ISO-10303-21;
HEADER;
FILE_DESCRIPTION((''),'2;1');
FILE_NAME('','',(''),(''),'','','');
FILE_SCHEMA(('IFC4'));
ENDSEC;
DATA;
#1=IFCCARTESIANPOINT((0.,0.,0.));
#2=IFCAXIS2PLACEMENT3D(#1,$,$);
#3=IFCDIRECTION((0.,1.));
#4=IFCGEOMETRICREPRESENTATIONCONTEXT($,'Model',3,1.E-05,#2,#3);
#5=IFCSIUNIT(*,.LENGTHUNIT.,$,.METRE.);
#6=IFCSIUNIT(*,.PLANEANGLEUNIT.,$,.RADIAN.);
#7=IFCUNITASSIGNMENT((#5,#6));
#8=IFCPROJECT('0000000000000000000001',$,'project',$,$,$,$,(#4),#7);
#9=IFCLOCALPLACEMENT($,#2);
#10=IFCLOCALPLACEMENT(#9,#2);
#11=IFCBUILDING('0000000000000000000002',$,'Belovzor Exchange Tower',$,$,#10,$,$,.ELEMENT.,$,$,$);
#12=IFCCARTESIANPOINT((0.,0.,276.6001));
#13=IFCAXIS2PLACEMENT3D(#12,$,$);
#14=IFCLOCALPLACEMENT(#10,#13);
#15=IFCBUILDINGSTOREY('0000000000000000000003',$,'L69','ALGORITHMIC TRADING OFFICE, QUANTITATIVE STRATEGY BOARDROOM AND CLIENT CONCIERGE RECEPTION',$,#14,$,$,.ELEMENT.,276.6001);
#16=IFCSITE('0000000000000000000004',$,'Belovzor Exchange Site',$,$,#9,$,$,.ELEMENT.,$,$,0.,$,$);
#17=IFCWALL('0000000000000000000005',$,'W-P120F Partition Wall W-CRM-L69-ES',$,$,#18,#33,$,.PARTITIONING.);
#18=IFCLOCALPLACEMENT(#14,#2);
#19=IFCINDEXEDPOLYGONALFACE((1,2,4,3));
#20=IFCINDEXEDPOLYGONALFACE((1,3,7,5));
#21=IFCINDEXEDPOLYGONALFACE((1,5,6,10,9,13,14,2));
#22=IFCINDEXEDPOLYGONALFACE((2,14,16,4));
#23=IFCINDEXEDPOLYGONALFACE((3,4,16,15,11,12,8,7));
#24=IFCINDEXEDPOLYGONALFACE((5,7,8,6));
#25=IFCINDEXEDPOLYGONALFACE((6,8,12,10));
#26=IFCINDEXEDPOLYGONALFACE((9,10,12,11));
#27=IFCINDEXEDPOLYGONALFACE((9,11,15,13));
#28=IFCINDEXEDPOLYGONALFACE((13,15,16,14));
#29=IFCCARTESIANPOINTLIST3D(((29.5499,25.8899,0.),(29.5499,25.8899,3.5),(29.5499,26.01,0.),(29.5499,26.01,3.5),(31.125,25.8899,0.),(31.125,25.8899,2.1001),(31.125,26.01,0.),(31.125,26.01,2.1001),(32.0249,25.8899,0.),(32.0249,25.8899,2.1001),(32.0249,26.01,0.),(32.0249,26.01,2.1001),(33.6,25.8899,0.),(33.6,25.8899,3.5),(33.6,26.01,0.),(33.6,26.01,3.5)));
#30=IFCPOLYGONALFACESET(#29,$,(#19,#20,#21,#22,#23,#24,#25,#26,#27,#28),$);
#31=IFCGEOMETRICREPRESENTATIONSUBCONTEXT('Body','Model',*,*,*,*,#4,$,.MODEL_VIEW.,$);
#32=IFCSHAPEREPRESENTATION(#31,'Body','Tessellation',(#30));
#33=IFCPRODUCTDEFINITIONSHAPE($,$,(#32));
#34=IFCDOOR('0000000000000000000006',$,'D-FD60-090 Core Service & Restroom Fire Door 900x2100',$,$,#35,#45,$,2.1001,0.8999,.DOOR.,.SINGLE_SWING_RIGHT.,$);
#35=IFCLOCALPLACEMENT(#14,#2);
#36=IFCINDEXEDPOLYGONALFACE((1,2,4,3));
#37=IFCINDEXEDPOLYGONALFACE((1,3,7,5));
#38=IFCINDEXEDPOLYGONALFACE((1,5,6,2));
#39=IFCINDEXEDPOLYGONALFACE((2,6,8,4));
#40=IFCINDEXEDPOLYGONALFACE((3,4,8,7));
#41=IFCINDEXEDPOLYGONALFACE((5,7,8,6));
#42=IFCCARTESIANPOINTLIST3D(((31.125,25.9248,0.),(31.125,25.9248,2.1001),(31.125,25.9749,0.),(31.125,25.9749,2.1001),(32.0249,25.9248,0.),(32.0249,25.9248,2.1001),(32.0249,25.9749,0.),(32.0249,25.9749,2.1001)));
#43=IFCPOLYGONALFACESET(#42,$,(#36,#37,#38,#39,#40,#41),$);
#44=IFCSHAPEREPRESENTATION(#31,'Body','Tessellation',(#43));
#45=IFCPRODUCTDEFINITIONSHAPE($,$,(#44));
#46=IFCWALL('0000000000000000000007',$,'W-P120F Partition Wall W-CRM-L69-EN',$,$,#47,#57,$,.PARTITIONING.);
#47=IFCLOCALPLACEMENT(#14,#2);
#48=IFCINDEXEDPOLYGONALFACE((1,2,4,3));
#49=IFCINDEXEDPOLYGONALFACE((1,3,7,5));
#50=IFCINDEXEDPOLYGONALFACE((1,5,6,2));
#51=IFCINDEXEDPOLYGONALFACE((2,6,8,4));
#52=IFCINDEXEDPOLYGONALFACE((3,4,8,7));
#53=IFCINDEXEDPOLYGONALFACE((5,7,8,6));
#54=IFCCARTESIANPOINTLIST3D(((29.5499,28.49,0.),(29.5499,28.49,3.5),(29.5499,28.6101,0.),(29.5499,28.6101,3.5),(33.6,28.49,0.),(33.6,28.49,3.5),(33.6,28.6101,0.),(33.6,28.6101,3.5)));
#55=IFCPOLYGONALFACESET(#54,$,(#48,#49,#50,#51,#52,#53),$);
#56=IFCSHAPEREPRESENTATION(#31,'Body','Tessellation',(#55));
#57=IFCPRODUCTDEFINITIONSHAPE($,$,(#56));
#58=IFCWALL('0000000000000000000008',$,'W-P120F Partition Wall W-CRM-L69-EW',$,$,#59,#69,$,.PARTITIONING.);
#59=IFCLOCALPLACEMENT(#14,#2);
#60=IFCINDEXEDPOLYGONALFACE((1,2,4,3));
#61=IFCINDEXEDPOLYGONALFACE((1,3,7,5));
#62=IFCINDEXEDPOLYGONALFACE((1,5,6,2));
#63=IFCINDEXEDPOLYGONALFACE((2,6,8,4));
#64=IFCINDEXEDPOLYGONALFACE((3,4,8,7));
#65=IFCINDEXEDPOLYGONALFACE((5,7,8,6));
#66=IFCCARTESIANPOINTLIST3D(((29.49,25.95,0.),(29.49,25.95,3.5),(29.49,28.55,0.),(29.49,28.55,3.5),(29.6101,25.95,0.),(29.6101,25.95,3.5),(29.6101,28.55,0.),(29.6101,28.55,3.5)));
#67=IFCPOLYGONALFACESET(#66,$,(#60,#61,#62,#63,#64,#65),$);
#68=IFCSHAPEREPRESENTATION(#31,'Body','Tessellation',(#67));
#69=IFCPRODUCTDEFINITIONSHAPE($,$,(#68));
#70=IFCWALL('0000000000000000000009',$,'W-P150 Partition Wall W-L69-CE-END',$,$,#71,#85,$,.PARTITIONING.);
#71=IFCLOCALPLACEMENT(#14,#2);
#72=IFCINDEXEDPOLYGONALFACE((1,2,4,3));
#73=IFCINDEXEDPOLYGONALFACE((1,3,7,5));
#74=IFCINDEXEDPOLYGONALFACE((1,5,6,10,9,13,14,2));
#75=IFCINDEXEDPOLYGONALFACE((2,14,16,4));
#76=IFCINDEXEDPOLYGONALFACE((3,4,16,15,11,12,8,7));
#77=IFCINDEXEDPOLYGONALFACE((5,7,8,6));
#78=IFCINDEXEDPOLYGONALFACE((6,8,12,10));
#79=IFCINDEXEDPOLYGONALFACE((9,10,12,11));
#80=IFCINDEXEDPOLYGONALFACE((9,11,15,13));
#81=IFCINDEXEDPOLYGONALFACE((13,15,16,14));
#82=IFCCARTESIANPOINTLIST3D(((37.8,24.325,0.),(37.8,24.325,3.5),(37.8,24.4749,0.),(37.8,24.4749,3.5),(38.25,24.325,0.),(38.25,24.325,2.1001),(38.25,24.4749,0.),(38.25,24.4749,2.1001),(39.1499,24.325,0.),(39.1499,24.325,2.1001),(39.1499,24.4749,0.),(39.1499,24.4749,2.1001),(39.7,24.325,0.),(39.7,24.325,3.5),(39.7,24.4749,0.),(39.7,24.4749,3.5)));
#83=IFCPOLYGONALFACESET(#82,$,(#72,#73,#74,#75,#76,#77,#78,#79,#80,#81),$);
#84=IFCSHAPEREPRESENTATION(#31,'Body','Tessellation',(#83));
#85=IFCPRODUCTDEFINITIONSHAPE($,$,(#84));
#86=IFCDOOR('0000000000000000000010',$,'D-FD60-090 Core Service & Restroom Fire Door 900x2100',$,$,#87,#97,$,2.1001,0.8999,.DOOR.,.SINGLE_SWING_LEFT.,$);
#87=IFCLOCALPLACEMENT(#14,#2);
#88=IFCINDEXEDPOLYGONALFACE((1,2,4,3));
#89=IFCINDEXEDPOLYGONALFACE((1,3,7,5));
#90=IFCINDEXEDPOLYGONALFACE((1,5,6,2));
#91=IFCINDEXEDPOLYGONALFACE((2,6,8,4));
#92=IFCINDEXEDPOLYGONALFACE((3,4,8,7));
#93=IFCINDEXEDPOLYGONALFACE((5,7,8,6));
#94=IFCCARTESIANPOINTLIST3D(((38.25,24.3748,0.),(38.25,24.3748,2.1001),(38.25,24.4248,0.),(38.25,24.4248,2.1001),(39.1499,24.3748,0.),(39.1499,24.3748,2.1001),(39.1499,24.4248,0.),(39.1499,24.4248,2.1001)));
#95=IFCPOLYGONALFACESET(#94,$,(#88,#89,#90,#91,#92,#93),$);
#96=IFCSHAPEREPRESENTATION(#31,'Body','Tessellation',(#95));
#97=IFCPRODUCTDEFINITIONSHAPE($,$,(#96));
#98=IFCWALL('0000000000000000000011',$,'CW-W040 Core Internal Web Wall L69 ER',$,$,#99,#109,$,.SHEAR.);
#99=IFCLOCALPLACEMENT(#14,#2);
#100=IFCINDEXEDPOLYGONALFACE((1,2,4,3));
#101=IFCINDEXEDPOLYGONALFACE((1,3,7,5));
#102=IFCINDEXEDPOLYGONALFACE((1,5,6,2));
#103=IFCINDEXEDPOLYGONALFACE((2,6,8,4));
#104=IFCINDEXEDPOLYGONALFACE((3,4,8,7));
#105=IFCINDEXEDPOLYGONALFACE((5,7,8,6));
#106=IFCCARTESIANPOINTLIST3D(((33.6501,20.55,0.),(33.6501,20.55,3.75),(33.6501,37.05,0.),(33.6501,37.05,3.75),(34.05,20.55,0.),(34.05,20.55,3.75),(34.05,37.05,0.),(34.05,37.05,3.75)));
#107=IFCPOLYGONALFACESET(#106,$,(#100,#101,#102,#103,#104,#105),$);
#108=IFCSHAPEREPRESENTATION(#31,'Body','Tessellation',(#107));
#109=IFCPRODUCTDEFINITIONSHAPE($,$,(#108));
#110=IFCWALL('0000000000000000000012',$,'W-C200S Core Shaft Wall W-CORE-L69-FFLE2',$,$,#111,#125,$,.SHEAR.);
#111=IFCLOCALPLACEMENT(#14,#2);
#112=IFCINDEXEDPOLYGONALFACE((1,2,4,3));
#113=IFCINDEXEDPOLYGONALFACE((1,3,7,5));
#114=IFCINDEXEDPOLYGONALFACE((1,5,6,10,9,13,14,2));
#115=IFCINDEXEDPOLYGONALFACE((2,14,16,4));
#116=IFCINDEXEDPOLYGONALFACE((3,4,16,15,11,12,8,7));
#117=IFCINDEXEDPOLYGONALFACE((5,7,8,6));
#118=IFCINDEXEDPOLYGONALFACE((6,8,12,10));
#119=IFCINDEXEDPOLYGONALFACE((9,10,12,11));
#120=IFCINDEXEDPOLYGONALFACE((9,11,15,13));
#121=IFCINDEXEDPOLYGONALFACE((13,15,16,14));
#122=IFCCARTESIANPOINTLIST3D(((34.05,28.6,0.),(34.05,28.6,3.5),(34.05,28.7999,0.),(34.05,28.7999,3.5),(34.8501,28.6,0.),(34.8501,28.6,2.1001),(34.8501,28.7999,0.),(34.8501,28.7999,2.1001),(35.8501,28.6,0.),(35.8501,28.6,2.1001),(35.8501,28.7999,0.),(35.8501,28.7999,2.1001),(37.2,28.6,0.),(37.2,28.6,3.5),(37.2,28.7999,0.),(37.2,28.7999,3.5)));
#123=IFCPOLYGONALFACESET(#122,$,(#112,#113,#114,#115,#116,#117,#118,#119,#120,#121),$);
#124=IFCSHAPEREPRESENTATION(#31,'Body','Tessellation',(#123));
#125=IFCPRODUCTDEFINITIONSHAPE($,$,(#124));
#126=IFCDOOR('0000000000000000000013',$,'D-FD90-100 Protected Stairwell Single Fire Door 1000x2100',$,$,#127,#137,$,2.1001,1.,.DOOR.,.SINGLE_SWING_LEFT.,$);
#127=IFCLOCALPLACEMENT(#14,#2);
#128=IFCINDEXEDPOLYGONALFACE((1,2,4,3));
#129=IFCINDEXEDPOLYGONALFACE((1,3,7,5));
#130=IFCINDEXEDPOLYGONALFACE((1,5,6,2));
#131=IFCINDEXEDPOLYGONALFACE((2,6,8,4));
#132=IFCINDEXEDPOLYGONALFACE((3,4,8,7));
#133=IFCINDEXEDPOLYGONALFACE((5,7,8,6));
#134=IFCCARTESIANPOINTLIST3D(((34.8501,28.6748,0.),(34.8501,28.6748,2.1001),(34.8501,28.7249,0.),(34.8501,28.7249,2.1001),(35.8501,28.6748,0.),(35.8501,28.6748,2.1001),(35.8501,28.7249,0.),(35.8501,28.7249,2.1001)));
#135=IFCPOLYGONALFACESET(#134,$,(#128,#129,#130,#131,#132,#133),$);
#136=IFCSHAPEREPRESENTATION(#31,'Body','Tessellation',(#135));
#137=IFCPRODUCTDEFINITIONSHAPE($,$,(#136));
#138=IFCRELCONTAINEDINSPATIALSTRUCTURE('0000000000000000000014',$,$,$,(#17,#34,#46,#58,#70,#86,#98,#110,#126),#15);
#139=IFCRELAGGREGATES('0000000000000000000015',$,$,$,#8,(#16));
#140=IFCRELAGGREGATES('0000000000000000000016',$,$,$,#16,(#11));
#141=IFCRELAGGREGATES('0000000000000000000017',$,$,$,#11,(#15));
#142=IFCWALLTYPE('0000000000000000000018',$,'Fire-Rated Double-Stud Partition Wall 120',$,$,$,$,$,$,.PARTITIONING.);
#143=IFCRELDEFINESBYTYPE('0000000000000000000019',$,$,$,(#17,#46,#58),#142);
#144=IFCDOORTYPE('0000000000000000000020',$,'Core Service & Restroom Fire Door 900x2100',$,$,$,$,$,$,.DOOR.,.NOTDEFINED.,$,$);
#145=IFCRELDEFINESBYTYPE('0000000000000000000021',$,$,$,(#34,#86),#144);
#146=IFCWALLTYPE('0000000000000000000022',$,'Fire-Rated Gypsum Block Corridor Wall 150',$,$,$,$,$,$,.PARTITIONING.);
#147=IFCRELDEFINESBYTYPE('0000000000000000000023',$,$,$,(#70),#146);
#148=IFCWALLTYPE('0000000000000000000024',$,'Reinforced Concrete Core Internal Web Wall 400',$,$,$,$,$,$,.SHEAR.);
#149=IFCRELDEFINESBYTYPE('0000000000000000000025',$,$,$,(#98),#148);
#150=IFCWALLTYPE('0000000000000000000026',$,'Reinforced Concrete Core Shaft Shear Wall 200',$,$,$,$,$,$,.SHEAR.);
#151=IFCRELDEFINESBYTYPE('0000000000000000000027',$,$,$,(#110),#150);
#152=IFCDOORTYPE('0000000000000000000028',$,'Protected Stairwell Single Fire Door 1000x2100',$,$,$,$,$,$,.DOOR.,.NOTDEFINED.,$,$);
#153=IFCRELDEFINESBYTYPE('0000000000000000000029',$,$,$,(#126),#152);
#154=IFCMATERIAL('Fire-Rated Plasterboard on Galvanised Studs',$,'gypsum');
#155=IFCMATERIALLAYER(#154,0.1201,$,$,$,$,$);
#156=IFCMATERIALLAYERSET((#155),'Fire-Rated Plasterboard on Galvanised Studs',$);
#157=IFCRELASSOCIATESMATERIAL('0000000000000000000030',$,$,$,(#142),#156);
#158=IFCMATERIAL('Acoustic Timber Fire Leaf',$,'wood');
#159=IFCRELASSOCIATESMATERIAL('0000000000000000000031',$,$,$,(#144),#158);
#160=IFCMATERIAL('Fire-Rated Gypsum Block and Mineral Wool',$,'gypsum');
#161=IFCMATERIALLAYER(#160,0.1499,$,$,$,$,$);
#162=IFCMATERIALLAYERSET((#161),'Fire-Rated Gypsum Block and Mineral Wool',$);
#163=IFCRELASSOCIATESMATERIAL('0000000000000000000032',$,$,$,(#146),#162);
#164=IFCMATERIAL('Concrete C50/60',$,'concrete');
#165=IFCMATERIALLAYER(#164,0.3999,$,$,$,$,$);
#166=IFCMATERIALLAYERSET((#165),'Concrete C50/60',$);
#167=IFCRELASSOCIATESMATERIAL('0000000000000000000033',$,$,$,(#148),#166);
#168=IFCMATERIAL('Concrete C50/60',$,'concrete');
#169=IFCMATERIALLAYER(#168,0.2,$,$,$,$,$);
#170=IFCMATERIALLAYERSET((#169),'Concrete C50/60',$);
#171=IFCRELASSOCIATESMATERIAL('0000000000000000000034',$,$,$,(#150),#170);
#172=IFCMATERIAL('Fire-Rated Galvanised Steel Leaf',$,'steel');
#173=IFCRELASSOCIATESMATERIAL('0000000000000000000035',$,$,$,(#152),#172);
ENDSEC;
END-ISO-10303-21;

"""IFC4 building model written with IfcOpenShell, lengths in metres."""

from ifc_helpers import new_model, si_unit, direction, frame, frame_2d, origin, place, context, subcontext, project, spatial, rectangle, extrude, material, layer, layer_set, type_object, element, fill, save


model = new_model("IFC4")

# Units and contexts
model_context = context("Model", 3, precision=1e-05, world=origin(), true_north=direction((0.0, 1.0)))
body_context = subcontext(model_context, "Body", "Model", "MODEL_VIEW")
ifc_project = project(units=[si_unit("LENGTHUNIT", "METRE"), si_unit("PLANEANGLEUNIT", "RADIAN")], contexts=[model_context])

# Site, building, storey
site_placement = place(None, origin())
site = spatial("IfcSite", under=ifc_project, at=site_placement, Name="Belovzor Exchange Site", CompositionType="ELEMENT", RefElevation=0.0)
building_placement = place(site_placement, origin())
building = spatial("IfcBuilding", under=site, at=building_placement, Name="Belovzor Exchange Tower", CompositionType="ELEMENT")
storey_placement = place(building_placement, frame((0.0, 0.0, 276.6001)))
storey = spatial("IfcBuildingStorey", under=building, at=storey_placement, Name="L69", Description="ALGORITHMIC TRADING OFFICE, QUANTITATIVE STRATEGY BOARDROOM AND CLIENT CONCIERGE RECEPTION", CompositionType="ELEMENT", Elevation=276.6001)

# Shared definitions
ifc_material_1 = material(Name="Fire-Rated Plasterboard on Galvanised Studs", Category="gypsum")
ifc_layer_1 = layer(ifc_material_1, 0.1201)
ifc_layer_set_1 = layer_set([ifc_layer_1], Name="Fire-Rated Plasterboard on Galvanised Studs")
wall_type_1 = type_object("IfcWallType", Name="Fire-Rated Double-Stud Partition Wall 120", PredefinedType="PARTITIONING", material=ifc_layer_set_1)

# Shared definitions
ifc_material_2 = material(Name="Acoustic Timber Fire Leaf", Category="wood")
door_type_1 = type_object("IfcDoorType", Name="Core Service & Restroom Fire Door 900x2100", OperationType="NOTDEFINED", PredefinedType="DOOR", material=ifc_material_2)

# Wall, opening, door
wall_1_placement = place(storey_placement, frame((29.55, 25.95, 0.0), z_axis=(0.0, 0.0, 1.0), x_axis=(1.0, 0.0, 0.0)))
wall_1 = element("IfcWall", 1, at=wall_1_placement, inside=storey, type_object=wall_type_1, Name="W-P120F Partition Wall W-CRM-L69-ES", PredefinedType="PARTITIONING", context=body_context, shape_type="SweptSolid", body=[
    extrude(rectangle(XDim=4.05, YDim=0.1201, at=frame_2d((2.0249, 0.0))), origin(), (0.0, 0.0, 1.0), 3.5),
])
opening_1_placement = place(wall_1_placement, frame((1.575, 0.0, 0.0)))
opening_1 = element("IfcOpeningElement", 2, at=opening_1_placement, cuts=wall_1, PredefinedType="OPENING", context=body_context, shape_type="SweptSolid", body=[
    extrude(rectangle(XDim=0.8999, YDim=2.1001, at=frame_2d((0.45, 1.05))), frame((0.0, 0.0701, 0.0), z_axis=(0.0, -1.0, 0.0), x_axis=(1.0, 0.0, 0.0)), (0.0, 0.0, 1.0), 0.1401),
])
door_1_placement = place(opening_1_placement, origin())
door_1 = element("IfcDoor", 3, at=door_1_placement, inside=storey, type_object=door_type_1, Name="D-FD60-090 Core Service & Restroom Fire Door 900x2100", OperationType="SINGLE_SWING_RIGHT", OverallHeight=2.1001, OverallWidth=0.8999, PredefinedType="DOOR", context=body_context, shape_type="SweptSolid", body=[
    extrude(rectangle(XDim=0.8999, YDim=2.1001, at=frame_2d((0.45, 1.05))), frame((0.0, 0.0249, 0.0), z_axis=(0.0, -1.0, 0.0), x_axis=(1.0, 0.0, 0.0)), (0.0, 0.0, 1.0), 0.05),
])
fill(opening_1, door_1)

# Walls
wall_2_placement = place(storey_placement, frame((29.55, 28.55, 0.0), z_axis=(0.0, 0.0, 1.0), x_axis=(1.0, 0.0, 0.0)))
element("IfcWall", 4, at=wall_2_placement, inside=storey, type_object=wall_type_1, Name="W-P120F Partition Wall W-CRM-L69-EN", PredefinedType="PARTITIONING", context=body_context, shape_type="SweptSolid", body=[
    extrude(rectangle(XDim=4.05, YDim=0.1201, at=frame_2d((2.0249, 0.0))), origin(), (0.0, 0.0, 1.0), 3.5),
])
wall_3_placement = place(storey_placement, frame((29.55, 25.95, 0.0), z_axis=(0.0, 0.0, 1.0), x_axis=(0.0, 1.0, 0.0)))
element("IfcWall", 5, at=wall_3_placement, inside=storey, type_object=wall_type_1, Name="W-P120F Partition Wall W-CRM-L69-EW", PredefinedType="PARTITIONING", context=body_context, shape_type="SweptSolid", body=[
    extrude(rectangle(XDim=2.6001, YDim=0.1201, at=frame_2d((1.3, 0.0))), origin(), (0.0, 0.0, 1.0), 3.5),
])

# Wall, opening, door
ifc_material_3 = material(Name="Fire-Rated Gypsum Block and Mineral Wool", Category="gypsum")
ifc_layer_2 = layer(ifc_material_3, 0.1499)
ifc_layer_set_2 = layer_set([ifc_layer_2], Name="Fire-Rated Gypsum Block and Mineral Wool")
wall_type_2 = type_object("IfcWallType", Name="Fire-Rated Gypsum Block Corridor Wall 150", PredefinedType="PARTITIONING", material=ifc_layer_set_2)
wall_4_placement = place(storey_placement, frame((37.8, 24.3999, 0.0), z_axis=(0.0, 0.0, 1.0), x_axis=(1.0, 0.0, 0.0)))
wall_4 = element("IfcWall", 6, at=wall_4_placement, inside=storey, type_object=wall_type_2, Name="W-P150 Partition Wall W-L69-CE-END", PredefinedType="PARTITIONING", context=body_context, shape_type="SweptSolid", body=[
    extrude(rectangle(XDim=1.8999, YDim=0.1499, at=frame_2d((0.95, 0.0))), origin(), (0.0, 0.0, 1.0), 3.5),
])
opening_2_placement = place(wall_4_placement, frame((0.45, 0.0, 0.0)))
opening_2 = element("IfcOpeningElement", 7, at=opening_2_placement, cuts=wall_4, PredefinedType="OPENING", context=body_context, shape_type="SweptSolid", body=[
    extrude(rectangle(XDim=0.8999, YDim=2.1001, at=frame_2d((0.45, 1.05))), frame((0.0, 0.085, 0.0), z_axis=(0.0, -1.0, 0.0), x_axis=(1.0, 0.0, 0.0)), (0.0, 0.0, 1.0), 0.1699),
])
door_2_placement = place(opening_2_placement, origin())
door_2 = element("IfcDoor", 8, at=door_2_placement, inside=storey, type_object=door_type_1, Name="D-FD60-090 Core Service & Restroom Fire Door 900x2100", OperationType="SINGLE_SWING_LEFT", OverallHeight=2.1001, OverallWidth=0.8999, PredefinedType="DOOR", context=body_context, shape_type="SweptSolid", body=[
    extrude(rectangle(XDim=0.8999, YDim=2.1001, at=frame_2d((0.45, 1.05))), frame((0.0, 0.0249, 0.0), z_axis=(0.0, -1.0, 0.0), x_axis=(1.0, 0.0, 0.0)), (0.0, 0.0, 1.0), 0.05),
])
fill(opening_2, door_2)

# Wall
ifc_material_4 = material(Name="Concrete C50/60", Category="concrete")
ifc_layer_3 = layer(ifc_material_4, 0.3999)
ifc_layer_set_3 = layer_set([ifc_layer_3], Name="Concrete C50/60")
wall_type_3 = type_object("IfcWallType", Name="Reinforced Concrete Core Internal Web Wall 400", PredefinedType="SHEAR", material=ifc_layer_set_3)
wall_5_placement = place(storey_placement, frame((33.8501, 20.55, 0.0), z_axis=(0.0, 0.0, 1.0), x_axis=(0.0, 1.0, 0.0)))
element("IfcWall", 9, at=wall_5_placement, inside=storey, type_object=wall_type_3, Name="CW-W040 Core Internal Web Wall L69 ER", PredefinedType="SHEAR", context=body_context, shape_type="SweptSolid", body=[
    extrude(rectangle(XDim=16.5, YDim=0.3999, at=frame_2d((8.25, 0.0))), origin(), (0.0, 0.0, 1.0), 3.75),
])

# Wall, opening, door
ifc_material_5 = material(Name="Concrete C50/60", Category="concrete")
ifc_layer_4 = layer(ifc_material_5, 0.2)
ifc_layer_set_4 = layer_set([ifc_layer_4], Name="Concrete C50/60")
wall_type_4 = type_object("IfcWallType", Name="Reinforced Concrete Core Shaft Shear Wall 200", PredefinedType="SHEAR", material=ifc_layer_set_4)
wall_6_placement = place(storey_placement, frame((34.05, 28.7, 0.0), z_axis=(0.0, 0.0, 1.0), x_axis=(1.0, 0.0, 0.0)))
wall_6 = element("IfcWall", 10, at=wall_6_placement, inside=storey, type_object=wall_type_4, Name="W-C200S Core Shaft Wall W-CORE-L69-FFLE2", PredefinedType="SHEAR", context=body_context, shape_type="SweptSolid", body=[
    extrude(rectangle(XDim=3.1499, YDim=0.2, at=frame_2d((1.575, 0.0))), origin(), (0.0, 0.0, 1.0), 3.5),
])
opening_3_placement = place(wall_6_placement, frame((0.8, 0.0, 0.0)))
opening_3 = element("IfcOpeningElement", 11, at=opening_3_placement, cuts=wall_6, PredefinedType="OPENING", context=body_context, shape_type="SweptSolid", body=[
    extrude(rectangle(XDim=1.0, YDim=2.1001, at=frame_2d((0.5, 1.05))), frame((0.0, 0.1099, 0.0), z_axis=(0.0, -1.0, 0.0), x_axis=(1.0, 0.0, 0.0)), (0.0, 0.0, 1.0), 0.22),
])
ifc_material_6 = material(Name="Fire-Rated Galvanised Steel Leaf", Category="steel")
door_type_2 = type_object("IfcDoorType", Name="Protected Stairwell Single Fire Door 1000x2100", OperationType="NOTDEFINED", PredefinedType="DOOR", material=ifc_material_6)
door_3_placement = place(opening_3_placement, origin())
door_3 = element("IfcDoor", 12, at=door_3_placement, inside=storey, type_object=door_type_2, Name="D-FD90-100 Protected Stairwell Single Fire Door 1000x2100", OperationType="SINGLE_SWING_LEFT", OverallHeight=2.1001, OverallWidth=1.0, PredefinedType="DOOR", context=body_context, shape_type="SweptSolid", body=[
    extrude(rectangle(XDim=1.0, YDim=2.1001, at=frame_2d((0.5, 1.05))), frame((0.0, 0.0249, 0.0), z_axis=(0.0, -1.0, 0.0), x_axis=(1.0, 0.0, 0.0)), (0.0, 0.0, 1.0), 0.05),
])
fill(opening_3, door_3)

save(model, "model.ifc")
